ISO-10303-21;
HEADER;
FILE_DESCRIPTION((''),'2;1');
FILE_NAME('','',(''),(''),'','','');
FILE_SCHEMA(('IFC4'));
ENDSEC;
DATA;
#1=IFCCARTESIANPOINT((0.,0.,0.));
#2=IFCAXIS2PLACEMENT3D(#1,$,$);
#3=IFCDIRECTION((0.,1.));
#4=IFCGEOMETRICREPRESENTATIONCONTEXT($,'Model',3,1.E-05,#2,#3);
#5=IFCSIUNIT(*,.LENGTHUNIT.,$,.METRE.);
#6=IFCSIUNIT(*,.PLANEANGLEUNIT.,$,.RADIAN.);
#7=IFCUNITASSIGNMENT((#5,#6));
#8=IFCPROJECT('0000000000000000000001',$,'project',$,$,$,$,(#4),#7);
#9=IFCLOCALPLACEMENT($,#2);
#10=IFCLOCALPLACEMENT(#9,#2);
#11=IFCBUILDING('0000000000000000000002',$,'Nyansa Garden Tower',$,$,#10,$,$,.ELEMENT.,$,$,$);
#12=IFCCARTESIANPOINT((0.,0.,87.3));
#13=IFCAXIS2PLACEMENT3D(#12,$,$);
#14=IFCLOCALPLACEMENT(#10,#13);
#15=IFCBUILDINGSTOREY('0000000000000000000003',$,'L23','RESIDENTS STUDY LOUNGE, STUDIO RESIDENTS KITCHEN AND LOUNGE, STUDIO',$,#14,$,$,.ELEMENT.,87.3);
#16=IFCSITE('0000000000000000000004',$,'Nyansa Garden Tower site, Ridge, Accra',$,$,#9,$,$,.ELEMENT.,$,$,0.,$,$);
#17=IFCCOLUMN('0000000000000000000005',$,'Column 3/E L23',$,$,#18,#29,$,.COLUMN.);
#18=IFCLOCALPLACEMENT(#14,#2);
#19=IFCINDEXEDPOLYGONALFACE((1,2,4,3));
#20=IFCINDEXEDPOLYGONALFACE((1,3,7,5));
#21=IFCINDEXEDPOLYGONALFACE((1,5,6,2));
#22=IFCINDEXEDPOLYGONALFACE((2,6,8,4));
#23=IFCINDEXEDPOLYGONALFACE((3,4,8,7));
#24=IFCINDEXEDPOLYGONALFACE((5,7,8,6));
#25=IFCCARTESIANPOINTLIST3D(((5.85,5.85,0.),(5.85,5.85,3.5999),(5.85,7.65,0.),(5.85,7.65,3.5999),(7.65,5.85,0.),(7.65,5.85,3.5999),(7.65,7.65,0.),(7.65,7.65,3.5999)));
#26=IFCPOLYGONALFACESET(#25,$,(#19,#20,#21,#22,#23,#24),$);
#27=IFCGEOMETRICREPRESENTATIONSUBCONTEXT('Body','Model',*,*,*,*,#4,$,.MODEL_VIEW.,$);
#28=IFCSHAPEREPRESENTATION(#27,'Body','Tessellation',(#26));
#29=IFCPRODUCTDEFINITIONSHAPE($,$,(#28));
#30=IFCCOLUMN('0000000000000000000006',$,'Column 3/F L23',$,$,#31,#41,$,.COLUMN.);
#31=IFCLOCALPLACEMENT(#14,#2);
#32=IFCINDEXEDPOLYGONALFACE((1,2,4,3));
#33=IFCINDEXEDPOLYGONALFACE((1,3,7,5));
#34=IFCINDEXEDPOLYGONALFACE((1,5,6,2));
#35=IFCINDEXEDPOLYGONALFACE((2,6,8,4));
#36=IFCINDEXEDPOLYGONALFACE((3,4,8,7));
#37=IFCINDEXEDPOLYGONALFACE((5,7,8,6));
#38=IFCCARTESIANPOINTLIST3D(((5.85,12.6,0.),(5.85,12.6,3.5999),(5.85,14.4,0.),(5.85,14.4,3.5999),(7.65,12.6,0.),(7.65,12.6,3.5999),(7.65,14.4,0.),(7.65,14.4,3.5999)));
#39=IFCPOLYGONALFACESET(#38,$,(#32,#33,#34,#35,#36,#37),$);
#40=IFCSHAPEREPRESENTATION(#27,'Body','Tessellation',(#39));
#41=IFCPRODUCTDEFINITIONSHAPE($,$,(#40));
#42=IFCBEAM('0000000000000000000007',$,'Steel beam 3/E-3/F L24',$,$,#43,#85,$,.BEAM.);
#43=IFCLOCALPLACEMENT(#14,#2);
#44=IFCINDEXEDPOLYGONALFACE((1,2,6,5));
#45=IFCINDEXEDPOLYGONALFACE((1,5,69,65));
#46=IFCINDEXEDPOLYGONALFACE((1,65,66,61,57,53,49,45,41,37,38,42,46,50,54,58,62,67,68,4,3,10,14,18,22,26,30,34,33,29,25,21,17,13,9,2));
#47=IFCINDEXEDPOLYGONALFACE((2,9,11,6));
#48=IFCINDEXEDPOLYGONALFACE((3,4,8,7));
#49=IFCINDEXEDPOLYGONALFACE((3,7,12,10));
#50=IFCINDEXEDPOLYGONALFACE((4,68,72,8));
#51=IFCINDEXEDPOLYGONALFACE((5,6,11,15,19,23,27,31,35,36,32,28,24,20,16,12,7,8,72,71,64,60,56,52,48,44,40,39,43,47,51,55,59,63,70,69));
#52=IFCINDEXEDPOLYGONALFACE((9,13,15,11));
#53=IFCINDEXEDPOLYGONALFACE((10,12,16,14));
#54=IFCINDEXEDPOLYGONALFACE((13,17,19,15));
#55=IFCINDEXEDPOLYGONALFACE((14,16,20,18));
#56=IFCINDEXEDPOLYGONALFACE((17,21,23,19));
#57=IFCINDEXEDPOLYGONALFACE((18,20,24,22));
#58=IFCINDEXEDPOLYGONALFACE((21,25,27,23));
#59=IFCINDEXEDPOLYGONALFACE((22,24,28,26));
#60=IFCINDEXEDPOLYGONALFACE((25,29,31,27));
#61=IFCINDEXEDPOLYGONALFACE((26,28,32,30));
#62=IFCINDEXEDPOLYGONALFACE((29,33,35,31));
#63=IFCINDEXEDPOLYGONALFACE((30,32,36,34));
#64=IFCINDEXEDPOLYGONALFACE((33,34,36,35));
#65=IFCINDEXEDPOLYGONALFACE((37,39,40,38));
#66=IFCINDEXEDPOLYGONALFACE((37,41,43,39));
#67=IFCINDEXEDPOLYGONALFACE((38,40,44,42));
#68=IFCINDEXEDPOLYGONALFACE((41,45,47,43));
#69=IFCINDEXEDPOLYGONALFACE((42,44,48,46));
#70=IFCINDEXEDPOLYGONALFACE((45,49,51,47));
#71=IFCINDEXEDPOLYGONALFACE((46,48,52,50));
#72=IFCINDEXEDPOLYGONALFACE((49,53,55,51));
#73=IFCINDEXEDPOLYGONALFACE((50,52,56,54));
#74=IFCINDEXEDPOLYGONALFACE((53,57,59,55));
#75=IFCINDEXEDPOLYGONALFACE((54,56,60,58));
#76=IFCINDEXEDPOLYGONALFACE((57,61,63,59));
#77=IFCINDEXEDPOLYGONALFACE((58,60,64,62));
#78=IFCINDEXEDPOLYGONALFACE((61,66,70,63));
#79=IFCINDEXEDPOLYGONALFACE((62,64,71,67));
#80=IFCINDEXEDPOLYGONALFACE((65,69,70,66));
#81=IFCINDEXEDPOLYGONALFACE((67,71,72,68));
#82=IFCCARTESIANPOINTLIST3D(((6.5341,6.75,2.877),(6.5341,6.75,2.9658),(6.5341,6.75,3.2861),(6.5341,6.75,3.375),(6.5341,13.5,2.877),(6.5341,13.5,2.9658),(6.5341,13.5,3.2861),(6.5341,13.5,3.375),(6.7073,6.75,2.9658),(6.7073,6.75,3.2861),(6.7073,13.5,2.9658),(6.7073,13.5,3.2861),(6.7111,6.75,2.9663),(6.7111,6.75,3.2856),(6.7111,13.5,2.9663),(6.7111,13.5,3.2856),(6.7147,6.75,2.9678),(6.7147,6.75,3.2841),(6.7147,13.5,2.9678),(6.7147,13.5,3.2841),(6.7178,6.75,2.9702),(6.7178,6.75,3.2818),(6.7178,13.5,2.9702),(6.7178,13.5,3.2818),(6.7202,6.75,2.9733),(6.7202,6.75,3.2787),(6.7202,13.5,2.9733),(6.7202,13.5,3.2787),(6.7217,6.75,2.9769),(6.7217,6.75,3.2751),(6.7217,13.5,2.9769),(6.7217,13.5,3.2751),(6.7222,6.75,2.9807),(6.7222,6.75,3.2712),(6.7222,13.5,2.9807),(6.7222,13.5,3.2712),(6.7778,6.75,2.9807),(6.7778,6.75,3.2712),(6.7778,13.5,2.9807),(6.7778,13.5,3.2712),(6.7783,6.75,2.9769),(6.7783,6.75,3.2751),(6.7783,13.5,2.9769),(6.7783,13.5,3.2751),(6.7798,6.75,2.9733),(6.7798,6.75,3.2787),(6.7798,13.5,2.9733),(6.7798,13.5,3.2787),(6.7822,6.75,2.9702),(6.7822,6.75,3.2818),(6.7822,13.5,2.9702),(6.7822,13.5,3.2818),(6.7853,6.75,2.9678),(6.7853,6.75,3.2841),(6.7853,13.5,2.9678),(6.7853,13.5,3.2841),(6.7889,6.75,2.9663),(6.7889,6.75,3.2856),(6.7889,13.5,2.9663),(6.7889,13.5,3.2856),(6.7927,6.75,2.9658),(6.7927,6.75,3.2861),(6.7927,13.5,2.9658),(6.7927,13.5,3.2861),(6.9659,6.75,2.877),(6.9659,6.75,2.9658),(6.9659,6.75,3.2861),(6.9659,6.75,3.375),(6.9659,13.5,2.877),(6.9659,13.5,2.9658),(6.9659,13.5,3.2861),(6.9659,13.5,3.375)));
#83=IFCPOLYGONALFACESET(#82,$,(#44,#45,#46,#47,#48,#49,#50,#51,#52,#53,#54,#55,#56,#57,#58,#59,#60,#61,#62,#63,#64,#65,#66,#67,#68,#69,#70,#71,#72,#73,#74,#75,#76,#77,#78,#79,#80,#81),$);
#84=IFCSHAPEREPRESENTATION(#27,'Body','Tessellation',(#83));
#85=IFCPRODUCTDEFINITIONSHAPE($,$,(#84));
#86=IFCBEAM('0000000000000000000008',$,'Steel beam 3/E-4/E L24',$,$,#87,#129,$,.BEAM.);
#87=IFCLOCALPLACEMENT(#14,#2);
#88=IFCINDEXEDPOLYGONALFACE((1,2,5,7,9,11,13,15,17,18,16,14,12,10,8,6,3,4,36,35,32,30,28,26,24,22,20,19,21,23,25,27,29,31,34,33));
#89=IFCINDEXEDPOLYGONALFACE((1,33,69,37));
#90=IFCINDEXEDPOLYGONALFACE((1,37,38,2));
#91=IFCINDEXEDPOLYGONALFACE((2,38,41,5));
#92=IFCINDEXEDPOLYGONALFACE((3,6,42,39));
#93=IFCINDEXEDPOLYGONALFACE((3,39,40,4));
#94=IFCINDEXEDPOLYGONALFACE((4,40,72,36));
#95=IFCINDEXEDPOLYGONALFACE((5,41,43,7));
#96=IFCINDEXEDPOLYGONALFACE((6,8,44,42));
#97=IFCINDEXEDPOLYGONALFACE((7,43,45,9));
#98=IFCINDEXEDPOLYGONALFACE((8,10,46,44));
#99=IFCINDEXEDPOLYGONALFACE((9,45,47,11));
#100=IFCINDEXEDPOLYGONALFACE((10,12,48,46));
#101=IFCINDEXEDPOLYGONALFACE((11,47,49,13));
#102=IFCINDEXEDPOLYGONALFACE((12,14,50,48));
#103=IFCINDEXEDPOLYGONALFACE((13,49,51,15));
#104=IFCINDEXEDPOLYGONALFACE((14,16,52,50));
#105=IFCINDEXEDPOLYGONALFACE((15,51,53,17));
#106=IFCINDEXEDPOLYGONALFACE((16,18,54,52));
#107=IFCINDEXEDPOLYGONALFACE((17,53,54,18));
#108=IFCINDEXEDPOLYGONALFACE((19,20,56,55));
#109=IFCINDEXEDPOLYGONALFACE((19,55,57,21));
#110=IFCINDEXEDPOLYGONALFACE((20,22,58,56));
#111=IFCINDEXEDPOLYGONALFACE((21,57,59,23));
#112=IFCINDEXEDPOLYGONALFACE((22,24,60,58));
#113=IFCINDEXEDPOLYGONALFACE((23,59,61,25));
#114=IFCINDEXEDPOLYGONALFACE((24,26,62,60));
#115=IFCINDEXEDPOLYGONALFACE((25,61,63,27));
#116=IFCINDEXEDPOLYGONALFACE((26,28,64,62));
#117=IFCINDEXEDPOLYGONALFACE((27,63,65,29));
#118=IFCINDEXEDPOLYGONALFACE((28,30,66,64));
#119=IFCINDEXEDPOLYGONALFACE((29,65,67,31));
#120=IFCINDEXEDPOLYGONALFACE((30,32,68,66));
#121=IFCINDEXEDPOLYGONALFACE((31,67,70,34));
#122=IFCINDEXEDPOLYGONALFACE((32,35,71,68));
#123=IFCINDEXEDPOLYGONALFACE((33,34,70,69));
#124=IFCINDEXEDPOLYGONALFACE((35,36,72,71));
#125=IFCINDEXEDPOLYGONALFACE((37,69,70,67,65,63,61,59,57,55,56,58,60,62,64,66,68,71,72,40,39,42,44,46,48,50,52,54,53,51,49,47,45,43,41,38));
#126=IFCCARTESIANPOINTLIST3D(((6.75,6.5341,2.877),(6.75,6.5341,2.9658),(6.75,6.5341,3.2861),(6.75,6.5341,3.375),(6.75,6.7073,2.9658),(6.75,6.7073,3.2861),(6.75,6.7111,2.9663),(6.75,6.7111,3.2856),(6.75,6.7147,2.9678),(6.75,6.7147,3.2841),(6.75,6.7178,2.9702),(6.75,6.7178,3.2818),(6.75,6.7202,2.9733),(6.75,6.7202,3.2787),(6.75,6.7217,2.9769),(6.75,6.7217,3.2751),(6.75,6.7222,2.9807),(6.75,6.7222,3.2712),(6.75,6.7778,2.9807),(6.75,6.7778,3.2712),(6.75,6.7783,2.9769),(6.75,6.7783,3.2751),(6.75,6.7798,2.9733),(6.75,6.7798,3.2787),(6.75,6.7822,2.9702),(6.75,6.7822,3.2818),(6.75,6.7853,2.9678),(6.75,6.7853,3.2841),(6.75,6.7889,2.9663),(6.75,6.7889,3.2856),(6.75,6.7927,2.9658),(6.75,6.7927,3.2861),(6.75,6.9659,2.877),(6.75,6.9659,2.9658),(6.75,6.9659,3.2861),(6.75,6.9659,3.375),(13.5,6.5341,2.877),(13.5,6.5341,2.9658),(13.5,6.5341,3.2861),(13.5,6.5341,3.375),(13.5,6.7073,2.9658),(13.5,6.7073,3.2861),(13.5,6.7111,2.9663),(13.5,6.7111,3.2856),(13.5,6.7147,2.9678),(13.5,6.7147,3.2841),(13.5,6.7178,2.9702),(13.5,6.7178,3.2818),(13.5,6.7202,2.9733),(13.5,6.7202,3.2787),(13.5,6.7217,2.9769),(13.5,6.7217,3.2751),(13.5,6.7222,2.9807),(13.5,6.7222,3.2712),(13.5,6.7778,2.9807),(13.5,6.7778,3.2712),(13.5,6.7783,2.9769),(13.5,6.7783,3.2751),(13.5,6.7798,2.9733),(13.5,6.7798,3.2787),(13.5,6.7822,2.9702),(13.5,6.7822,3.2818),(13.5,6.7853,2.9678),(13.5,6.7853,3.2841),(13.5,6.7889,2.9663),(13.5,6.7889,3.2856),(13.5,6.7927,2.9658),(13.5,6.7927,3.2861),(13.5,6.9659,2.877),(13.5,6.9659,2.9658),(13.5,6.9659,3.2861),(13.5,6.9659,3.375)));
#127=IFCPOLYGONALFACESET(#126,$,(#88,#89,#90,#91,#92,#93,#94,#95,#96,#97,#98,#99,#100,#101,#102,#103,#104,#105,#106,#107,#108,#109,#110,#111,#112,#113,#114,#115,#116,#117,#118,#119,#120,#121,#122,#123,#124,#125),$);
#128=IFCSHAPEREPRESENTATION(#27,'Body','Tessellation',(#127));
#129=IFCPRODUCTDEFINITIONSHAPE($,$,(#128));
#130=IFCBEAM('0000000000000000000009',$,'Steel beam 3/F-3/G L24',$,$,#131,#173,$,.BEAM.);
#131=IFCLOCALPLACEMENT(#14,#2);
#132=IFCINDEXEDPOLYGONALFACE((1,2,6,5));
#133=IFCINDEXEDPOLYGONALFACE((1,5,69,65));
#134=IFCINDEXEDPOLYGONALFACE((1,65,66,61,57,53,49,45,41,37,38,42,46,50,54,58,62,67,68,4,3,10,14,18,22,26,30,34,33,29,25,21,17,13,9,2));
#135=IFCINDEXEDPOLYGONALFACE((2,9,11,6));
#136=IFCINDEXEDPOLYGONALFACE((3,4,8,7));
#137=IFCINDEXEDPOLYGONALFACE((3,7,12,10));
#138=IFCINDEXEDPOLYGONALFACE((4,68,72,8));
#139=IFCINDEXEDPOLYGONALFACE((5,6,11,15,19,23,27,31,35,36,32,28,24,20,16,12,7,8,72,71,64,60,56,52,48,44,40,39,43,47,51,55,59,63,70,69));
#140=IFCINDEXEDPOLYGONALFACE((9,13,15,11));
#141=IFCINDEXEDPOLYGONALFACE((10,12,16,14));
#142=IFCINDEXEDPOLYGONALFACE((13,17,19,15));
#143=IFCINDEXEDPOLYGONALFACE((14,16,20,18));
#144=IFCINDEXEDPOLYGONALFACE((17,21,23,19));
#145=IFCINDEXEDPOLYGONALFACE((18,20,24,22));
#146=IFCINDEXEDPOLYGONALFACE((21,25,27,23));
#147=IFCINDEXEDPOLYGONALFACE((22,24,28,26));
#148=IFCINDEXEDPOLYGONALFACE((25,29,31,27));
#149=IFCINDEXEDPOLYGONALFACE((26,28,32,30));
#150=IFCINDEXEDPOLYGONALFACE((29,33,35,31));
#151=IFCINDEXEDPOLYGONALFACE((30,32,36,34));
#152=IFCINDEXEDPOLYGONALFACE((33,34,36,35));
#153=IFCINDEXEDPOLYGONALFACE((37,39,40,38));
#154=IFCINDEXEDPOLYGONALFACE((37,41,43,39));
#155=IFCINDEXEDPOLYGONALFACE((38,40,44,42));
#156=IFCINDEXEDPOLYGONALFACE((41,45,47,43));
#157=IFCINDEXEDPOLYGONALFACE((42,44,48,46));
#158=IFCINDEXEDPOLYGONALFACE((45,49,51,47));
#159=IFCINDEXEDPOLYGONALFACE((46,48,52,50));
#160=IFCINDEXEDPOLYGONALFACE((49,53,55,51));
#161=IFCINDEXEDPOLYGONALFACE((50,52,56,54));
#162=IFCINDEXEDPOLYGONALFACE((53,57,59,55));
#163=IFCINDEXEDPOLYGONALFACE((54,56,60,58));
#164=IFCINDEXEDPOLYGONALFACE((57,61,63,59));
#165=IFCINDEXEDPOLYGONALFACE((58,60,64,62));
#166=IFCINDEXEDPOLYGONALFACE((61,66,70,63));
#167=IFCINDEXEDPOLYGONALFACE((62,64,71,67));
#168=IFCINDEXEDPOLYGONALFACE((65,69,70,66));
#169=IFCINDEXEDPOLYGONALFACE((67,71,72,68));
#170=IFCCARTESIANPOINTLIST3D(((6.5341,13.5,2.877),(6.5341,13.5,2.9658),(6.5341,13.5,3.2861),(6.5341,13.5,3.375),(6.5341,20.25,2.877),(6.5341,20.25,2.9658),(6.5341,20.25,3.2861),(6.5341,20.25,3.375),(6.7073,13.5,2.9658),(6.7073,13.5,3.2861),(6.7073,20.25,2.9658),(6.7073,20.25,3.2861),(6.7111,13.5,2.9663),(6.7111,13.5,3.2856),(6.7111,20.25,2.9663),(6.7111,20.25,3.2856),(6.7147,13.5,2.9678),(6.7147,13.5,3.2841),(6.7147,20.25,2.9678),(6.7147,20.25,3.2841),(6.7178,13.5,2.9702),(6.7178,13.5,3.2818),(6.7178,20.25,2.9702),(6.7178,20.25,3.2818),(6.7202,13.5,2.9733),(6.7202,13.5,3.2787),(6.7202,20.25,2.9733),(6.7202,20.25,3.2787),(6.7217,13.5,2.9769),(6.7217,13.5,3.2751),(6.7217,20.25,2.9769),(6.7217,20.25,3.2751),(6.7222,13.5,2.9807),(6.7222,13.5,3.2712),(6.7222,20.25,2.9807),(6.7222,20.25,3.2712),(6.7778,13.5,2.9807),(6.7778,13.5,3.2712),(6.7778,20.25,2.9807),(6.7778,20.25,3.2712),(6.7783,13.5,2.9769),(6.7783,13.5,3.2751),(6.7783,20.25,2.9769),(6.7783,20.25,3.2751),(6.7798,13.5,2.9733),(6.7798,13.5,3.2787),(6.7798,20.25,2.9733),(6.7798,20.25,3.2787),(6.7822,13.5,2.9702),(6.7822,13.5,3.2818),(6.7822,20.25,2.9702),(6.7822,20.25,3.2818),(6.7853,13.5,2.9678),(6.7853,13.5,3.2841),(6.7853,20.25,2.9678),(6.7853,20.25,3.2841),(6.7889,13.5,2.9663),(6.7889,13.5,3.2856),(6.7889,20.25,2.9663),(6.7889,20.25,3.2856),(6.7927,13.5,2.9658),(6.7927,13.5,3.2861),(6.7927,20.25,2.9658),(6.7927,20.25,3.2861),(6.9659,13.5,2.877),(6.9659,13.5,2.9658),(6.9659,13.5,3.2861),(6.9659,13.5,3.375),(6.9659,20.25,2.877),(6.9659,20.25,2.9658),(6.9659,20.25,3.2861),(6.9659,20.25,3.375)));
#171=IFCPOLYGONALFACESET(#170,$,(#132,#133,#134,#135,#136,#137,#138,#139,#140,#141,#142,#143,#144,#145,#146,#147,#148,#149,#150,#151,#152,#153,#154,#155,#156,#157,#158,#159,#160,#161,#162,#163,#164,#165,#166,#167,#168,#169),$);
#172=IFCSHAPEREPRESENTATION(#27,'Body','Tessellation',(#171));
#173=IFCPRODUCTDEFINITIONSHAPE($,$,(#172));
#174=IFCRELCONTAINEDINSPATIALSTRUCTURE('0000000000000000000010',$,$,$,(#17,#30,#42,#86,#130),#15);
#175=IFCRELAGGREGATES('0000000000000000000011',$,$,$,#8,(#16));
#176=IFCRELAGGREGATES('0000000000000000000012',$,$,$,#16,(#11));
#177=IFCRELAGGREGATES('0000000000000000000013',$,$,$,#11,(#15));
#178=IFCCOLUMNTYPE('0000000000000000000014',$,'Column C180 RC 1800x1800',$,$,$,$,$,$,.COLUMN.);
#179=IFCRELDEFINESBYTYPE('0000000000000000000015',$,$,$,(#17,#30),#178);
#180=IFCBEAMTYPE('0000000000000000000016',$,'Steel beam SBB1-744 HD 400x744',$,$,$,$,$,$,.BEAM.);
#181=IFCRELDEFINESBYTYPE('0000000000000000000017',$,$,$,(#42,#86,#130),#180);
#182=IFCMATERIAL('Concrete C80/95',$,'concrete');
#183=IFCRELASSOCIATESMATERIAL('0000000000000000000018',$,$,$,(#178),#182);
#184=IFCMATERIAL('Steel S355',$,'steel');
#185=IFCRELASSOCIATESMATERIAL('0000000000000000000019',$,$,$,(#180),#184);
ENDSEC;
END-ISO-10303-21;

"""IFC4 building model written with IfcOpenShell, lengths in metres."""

from ifc_helpers import new_model, si_unit, direction, frame, origin, origin_2d, place, context, subcontext, project, spatial, rectangle, i_section, extrude, material, material_profile, profile_set, type_object, element, save


model = new_model("IFC4")

# Units and contexts
model_context = context("Model", 3, precision=1e-05, world=origin(), true_north=direction((0.0, 1.0)))
body_context = subcontext(model_context, "Body", "Model", "MODEL_VIEW")
ifc_project = project(units=[si_unit("LENGTHUNIT", "METRE"), si_unit("PLANEANGLEUNIT", "RADIAN")], contexts=[model_context])

# Site, building, storey
site_placement = place(None, origin())
site = spatial("IfcSite", under=ifc_project, at=site_placement, Name="Nyansa Garden Tower site, Ridge, Accra", CompositionType="ELEMENT", RefElevation=0.0)
building_placement = place(site_placement, origin())
building = spatial("IfcBuilding", under=site, at=building_placement, Name="Nyansa Garden Tower", CompositionType="ELEMENT")
storey_placement = place(building_placement, frame((0.0, 0.0, 87.3)))
storey = spatial("IfcBuildingStorey", under=building, at=storey_placement, Name="L23", Description="RESIDENTS STUDY LOUNGE, STUDIO RESIDENTS KITCHEN AND LOUNGE, STUDIO", CompositionType="ELEMENT", Elevation=87.3)

# Columns
ifc_material_1 = material(Name="Concrete C80/95", Category="concrete")
ifc_material_profile_1 = material_profile(ifc_material_1, rectangle(XDim=1.8, YDim=1.8, at=origin_2d()), Name="RC 1800x1800")
ifc_profile_set_1 = profile_set([ifc_material_profile_1], Name="Concrete C80/95")
column_type = type_object("IfcColumnType", Name="Column C180 RC 1800x1800", PredefinedType="COLUMN", material=ifc_profile_set_1)
for number, where, z_axis, x_axis, name in (
    (1, (6.75, 6.75, 0.0), (0.0, 0.0, 1.0), (1.0, 0.0, 0.0), "Column 3/E L23"),
    (2, (6.75, 13.5, 0.0), (0.0, 0.0, 1.0), (1.0, 0.0, 0.0), "Column 3/F L23"),
):
    element("IfcColumn", number, at=place(storey_placement, frame(where, z_axis=z_axis, x_axis=x_axis)), inside=storey, type_object=column_type, Name=name, PredefinedType="COLUMN", context=body_context, shape_type="SweptSolid", body=[
        extrude(rectangle(XDim=1.8, YDim=1.8, at=origin_2d()), origin(), (0.0, 0.0, 1.0), 3.5999),
    ])

# Beams
ifc_material_2 = material(Name="Steel S355", Category="steel")
ifc_material_profile_2 = material_profile(ifc_material_2, i_section(OverallWidth=0.4319, OverallDepth=0.498, WebThickness=0.0557, FlangeThickness=0.0889, FilletRadius=0.0149, at=origin_2d()), Name="HD 400x744")
ifc_profile_set_2 = profile_set([ifc_material_profile_2], Name="Steel S355")
beam_type_1 = type_object("IfcBeamType", Name="Steel beam SBB1-744 HD 400x744", PredefinedType="BEAM", material=ifc_profile_set_2)
for number, where, z_axis, x_axis, name in (
    (3, (6.75, 6.75, 3.126), (0.0, 1.0, 0.0), (-1.0, 0.0, 0.0), "Steel beam 3/E-3/F L24"),
    (4, (6.75, 6.75, 3.126), (1.0, 0.0, 0.0), (0.0, 1.0, 0.0), "Steel beam 3/E-4/E L24"),
    (5, (6.75, 13.5, 3.126), (0.0, 1.0, 0.0), (-1.0, 0.0, 0.0), "Steel beam 3/F-3/G L24"),
):
    element("IfcBeam", number, at=place(storey_placement, frame(where, z_axis=z_axis, x_axis=x_axis)), inside=storey, type_object=beam_type_1, Name=name, PredefinedType="BEAM", context=body_context, shape_type="SweptSolid", body=[
        extrude(i_section(OverallWidth=0.4319, OverallDepth=0.498, WebThickness=0.0557, FlangeThickness=0.0889, FilletRadius=0.0149, at=origin_2d()), origin(), (0.0, 0.0, 1.0), 6.75),
    ])

save(model, "model.ifc")
